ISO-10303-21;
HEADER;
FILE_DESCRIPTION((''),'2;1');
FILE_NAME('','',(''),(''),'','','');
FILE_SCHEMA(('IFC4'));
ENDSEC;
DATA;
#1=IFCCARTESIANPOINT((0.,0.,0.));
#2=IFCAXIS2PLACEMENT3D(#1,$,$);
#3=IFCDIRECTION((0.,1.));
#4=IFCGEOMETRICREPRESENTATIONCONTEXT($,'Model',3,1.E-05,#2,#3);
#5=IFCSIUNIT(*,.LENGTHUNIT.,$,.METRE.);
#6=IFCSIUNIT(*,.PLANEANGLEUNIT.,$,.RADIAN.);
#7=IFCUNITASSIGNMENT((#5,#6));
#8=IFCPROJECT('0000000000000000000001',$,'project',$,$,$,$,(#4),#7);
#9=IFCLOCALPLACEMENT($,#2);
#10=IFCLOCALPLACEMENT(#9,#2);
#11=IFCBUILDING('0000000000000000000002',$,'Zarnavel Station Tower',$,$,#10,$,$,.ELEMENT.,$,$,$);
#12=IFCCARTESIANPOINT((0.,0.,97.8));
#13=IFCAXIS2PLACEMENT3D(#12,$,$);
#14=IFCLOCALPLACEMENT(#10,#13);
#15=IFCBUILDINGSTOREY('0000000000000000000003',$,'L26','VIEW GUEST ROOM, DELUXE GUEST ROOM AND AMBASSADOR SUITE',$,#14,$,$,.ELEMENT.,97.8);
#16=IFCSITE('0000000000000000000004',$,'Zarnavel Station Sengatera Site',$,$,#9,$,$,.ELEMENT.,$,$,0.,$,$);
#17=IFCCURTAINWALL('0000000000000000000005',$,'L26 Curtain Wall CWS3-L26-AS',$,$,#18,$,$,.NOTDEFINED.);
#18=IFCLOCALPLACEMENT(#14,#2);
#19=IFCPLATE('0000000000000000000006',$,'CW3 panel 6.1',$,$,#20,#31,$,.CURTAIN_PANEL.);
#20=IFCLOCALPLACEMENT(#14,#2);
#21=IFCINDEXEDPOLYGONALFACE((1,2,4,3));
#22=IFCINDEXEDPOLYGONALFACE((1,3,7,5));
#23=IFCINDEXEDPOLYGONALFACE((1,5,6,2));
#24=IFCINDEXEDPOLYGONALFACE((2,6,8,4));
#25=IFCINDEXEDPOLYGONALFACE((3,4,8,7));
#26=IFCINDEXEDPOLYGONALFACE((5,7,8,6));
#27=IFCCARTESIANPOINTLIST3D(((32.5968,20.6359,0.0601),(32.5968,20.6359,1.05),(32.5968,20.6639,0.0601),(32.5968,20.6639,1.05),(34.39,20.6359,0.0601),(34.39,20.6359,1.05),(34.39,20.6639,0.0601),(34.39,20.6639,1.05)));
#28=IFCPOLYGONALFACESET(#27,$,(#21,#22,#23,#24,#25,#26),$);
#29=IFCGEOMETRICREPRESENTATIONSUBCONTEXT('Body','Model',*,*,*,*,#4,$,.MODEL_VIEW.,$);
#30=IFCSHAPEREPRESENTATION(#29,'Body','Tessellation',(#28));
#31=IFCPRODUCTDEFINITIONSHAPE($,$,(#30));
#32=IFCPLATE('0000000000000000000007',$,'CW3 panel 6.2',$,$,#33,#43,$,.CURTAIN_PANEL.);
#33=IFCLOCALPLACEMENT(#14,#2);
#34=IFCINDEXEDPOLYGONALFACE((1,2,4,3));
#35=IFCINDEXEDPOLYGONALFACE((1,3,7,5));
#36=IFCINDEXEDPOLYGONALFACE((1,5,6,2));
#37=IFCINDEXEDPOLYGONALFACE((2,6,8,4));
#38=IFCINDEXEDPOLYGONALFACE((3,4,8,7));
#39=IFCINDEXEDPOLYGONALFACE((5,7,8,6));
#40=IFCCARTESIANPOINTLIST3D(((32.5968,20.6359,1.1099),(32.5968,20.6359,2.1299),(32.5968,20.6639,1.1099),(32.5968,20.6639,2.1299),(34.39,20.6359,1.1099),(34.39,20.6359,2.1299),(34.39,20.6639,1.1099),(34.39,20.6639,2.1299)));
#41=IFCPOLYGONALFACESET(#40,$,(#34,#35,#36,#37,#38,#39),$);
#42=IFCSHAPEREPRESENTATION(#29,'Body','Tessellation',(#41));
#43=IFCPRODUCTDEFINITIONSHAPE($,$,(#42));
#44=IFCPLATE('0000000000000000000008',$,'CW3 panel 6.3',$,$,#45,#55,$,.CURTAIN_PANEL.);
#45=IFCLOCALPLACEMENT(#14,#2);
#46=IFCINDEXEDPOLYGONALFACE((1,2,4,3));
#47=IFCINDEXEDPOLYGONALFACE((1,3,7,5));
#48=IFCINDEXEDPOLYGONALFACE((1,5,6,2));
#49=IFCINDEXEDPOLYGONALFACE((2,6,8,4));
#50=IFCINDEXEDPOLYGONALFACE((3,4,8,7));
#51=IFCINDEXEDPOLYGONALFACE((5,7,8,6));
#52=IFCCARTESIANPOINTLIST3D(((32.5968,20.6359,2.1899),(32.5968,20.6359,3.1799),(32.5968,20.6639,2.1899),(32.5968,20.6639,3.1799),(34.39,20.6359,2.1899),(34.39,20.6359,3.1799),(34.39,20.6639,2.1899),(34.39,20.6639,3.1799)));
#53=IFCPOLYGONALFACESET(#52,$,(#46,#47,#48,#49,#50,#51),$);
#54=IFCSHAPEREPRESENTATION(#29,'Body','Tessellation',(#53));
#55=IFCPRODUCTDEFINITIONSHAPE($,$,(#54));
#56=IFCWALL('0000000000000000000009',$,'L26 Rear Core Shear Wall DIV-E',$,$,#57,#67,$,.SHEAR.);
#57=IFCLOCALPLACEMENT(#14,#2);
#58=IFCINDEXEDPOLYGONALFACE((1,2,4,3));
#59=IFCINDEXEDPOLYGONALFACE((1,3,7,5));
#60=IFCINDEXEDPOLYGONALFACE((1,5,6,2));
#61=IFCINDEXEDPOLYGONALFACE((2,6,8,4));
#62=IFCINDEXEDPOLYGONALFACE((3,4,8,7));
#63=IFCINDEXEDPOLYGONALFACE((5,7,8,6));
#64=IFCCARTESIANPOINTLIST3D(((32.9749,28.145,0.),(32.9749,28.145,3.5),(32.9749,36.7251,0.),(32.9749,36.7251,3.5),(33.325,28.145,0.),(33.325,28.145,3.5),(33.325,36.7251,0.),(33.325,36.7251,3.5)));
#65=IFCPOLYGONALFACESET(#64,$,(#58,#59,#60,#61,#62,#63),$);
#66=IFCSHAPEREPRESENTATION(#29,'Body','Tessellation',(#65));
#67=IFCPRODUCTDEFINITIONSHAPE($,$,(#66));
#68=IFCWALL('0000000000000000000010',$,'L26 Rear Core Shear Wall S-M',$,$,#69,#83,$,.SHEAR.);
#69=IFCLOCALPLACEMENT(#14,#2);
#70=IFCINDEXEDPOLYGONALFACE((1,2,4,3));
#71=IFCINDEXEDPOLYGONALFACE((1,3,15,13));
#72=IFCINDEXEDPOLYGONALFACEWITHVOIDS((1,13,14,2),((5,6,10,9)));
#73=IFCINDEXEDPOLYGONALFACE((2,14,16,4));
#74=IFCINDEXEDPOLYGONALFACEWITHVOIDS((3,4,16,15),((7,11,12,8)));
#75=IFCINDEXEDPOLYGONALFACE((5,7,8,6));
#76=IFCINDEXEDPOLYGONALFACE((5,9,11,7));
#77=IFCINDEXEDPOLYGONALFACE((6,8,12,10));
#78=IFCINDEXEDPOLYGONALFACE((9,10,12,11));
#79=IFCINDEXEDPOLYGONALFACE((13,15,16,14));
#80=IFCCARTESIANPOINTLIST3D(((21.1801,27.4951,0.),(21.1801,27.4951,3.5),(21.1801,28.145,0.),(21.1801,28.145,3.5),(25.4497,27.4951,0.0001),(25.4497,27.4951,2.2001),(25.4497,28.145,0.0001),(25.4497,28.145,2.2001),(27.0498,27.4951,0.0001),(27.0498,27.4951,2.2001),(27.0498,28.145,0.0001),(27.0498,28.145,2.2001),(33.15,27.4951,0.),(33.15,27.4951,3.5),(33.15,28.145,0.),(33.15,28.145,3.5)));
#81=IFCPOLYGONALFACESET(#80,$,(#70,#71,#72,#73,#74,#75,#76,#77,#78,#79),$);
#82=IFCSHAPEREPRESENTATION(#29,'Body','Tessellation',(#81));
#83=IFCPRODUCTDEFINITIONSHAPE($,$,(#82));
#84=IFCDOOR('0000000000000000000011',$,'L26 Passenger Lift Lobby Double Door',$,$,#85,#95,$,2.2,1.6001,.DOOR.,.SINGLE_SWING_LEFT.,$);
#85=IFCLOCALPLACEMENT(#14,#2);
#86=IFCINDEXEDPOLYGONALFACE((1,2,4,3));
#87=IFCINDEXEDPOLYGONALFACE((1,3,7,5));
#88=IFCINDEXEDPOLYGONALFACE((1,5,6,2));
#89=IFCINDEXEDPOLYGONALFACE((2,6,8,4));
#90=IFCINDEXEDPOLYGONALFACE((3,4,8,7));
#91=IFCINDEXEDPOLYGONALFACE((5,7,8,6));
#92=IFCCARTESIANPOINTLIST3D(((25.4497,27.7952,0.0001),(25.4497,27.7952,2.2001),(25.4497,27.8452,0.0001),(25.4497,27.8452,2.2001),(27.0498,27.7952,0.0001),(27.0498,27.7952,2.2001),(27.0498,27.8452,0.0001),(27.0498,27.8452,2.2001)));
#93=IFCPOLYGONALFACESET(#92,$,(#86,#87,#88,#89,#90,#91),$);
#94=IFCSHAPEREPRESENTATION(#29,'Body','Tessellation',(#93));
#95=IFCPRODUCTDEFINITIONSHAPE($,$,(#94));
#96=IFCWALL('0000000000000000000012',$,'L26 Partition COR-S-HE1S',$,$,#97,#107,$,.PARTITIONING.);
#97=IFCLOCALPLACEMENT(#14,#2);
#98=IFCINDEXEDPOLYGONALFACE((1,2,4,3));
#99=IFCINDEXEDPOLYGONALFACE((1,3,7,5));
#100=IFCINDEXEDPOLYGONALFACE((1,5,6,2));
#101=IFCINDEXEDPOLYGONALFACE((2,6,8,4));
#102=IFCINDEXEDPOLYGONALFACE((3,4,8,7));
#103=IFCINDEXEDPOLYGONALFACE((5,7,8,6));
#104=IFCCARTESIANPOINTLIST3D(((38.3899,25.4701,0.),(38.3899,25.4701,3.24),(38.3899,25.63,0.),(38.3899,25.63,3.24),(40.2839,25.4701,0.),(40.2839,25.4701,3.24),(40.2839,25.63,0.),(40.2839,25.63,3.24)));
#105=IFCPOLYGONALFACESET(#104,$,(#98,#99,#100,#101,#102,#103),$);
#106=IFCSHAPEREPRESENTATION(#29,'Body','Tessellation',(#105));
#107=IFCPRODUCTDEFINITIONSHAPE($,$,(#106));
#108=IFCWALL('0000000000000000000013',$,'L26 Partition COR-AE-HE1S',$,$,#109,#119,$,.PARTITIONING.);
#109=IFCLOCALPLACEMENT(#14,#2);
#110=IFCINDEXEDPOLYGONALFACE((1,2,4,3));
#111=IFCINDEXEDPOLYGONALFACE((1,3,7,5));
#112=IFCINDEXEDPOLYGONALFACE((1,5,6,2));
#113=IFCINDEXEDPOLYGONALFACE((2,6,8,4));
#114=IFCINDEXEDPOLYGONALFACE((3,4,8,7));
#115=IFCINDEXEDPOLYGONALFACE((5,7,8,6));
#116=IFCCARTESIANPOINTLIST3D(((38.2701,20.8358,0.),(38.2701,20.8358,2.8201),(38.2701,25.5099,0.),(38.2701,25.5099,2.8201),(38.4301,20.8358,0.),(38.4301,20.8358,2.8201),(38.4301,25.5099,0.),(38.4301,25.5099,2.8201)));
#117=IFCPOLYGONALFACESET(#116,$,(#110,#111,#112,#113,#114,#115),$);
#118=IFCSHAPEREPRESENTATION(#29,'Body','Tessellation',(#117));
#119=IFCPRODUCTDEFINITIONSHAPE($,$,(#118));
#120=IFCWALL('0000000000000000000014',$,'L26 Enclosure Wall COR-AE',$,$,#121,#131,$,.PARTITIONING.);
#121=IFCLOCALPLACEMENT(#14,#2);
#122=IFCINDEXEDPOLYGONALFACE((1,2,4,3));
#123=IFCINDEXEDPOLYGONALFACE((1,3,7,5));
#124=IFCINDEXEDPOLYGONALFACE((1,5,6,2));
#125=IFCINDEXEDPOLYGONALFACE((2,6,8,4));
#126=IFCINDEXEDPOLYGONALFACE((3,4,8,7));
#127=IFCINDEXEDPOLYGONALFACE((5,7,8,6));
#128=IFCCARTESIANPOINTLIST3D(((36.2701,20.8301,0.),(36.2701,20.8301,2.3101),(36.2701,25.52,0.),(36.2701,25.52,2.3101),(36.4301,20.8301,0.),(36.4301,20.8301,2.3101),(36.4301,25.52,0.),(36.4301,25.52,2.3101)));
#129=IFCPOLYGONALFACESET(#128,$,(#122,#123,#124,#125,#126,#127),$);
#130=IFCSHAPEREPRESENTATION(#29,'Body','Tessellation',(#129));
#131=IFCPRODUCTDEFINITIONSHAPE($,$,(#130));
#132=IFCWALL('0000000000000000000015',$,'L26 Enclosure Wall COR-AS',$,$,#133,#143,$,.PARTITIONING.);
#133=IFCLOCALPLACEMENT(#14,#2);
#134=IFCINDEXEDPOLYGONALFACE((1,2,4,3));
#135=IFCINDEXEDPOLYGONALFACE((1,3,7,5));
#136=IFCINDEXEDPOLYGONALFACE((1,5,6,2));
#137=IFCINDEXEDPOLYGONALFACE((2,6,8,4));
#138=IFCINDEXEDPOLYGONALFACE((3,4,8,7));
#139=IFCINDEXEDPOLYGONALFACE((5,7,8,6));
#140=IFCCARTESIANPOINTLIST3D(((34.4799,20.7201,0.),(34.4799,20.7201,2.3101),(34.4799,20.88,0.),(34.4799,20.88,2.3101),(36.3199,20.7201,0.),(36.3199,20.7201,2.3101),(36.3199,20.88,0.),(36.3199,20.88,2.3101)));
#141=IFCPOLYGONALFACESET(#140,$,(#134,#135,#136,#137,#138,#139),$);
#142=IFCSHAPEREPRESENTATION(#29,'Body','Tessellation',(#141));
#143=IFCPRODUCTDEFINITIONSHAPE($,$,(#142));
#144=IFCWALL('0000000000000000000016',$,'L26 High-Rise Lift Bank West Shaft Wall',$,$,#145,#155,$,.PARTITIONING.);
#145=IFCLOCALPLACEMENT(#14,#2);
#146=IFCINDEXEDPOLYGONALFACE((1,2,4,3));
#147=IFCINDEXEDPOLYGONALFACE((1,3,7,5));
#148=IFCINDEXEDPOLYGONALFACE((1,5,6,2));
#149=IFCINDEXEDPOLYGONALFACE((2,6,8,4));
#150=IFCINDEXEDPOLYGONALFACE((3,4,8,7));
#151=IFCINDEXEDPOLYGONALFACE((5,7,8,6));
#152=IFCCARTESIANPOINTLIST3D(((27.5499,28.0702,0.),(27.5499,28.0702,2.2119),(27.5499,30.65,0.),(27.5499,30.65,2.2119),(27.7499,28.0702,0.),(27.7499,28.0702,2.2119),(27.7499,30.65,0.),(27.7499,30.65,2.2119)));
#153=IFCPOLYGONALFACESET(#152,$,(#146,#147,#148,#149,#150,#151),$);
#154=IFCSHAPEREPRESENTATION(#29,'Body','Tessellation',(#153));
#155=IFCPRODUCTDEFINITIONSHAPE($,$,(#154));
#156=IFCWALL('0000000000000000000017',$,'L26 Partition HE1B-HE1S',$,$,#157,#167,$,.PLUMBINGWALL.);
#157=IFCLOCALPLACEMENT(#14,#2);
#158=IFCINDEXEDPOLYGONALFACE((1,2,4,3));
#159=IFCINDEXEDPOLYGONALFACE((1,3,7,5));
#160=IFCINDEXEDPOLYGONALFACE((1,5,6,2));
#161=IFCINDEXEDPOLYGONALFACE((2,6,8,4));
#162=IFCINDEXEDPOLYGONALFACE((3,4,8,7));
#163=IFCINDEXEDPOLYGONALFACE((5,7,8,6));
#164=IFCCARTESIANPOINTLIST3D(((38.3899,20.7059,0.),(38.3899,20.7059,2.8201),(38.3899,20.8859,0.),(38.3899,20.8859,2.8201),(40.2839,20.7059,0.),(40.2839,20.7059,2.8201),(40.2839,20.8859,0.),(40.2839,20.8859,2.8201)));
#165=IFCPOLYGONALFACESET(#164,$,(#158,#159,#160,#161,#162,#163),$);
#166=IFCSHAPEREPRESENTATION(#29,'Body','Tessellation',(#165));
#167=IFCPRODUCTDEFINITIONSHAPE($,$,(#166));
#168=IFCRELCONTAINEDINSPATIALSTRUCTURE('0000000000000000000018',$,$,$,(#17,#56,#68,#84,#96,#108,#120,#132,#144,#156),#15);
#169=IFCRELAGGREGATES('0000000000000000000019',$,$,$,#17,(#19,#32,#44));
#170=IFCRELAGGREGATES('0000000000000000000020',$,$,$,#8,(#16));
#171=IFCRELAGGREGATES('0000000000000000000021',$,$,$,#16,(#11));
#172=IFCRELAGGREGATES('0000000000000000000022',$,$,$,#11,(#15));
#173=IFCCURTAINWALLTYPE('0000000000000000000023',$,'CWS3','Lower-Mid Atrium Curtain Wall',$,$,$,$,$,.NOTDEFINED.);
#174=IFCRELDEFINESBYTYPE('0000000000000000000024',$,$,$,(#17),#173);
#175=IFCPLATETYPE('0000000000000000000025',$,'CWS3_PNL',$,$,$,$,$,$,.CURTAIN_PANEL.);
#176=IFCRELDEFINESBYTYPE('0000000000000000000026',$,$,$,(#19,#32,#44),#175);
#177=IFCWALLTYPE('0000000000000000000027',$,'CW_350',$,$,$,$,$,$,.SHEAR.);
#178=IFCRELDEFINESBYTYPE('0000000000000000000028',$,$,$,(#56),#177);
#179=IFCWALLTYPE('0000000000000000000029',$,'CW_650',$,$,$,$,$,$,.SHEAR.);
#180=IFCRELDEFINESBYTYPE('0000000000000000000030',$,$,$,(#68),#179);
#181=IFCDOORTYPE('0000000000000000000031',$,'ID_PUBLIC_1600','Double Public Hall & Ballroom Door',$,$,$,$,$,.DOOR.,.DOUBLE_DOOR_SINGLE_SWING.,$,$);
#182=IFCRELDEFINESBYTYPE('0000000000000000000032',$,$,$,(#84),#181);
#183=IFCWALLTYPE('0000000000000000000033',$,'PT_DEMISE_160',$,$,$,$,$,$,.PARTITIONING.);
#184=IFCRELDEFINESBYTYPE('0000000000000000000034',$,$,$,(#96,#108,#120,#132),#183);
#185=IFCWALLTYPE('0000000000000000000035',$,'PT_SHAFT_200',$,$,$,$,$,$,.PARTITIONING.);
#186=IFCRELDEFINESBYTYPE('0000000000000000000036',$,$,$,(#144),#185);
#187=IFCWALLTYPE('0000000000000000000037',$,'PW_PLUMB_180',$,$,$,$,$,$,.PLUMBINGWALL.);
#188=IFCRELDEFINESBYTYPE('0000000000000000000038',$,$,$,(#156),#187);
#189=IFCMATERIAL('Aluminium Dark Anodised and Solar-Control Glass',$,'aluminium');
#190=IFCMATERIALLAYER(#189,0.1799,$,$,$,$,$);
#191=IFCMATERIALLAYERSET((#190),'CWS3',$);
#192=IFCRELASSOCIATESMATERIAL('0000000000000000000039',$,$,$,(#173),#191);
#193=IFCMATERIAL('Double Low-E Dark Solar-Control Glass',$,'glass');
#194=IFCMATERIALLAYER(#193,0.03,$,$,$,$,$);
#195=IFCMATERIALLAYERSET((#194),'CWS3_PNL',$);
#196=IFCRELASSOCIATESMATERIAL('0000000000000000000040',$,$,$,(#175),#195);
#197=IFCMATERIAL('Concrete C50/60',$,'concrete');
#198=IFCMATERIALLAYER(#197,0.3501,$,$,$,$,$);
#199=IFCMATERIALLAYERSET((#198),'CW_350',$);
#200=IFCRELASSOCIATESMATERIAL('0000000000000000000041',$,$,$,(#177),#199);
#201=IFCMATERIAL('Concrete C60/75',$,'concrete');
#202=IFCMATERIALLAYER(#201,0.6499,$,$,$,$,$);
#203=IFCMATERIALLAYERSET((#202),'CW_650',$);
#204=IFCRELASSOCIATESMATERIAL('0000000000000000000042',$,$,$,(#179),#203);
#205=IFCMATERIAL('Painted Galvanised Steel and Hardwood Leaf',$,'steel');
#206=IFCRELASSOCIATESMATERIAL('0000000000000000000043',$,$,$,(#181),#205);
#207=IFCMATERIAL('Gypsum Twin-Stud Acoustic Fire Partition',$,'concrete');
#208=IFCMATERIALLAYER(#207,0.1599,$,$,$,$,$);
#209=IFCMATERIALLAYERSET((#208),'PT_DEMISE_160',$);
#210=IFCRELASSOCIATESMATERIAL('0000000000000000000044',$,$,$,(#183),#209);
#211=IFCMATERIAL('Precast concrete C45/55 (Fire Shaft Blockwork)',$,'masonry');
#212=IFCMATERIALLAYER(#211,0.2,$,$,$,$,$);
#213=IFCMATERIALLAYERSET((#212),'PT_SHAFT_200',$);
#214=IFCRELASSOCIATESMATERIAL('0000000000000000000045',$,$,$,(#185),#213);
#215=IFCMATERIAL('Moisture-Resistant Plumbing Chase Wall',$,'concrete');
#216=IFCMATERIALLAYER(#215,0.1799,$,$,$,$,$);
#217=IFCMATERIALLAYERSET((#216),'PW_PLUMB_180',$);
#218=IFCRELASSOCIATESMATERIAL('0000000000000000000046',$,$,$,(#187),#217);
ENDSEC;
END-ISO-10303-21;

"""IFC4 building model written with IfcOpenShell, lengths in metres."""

from ifc_helpers import new_model, si_unit, direction, frame, frame_2d, origin, origin_2d, place, context, subcontext, project, spatial, rectangle, extrude, material, layer, layer_set, type_object, element, fill, aggregate, save


model = new_model("IFC4")

# Units and contexts
model_context = context("Model", 3, precision=1e-05, world=origin(), true_north=direction((0.0, 1.0)))
body_context = subcontext(model_context, "Body", "Model", "MODEL_VIEW")
ifc_project = project(units=[si_unit("LENGTHUNIT", "METRE"), si_unit("PLANEANGLEUNIT", "RADIAN")], contexts=[model_context])

# Site, building, storey
site_placement = place(None, origin())
site = spatial("IfcSite", under=ifc_project, at=site_placement, Name="Zarnavel Station Sengatera Site", CompositionType="ELEMENT", RefElevation=0.0)
building_placement = place(site_placement, origin())
building = spatial("IfcBuilding", under=site, at=building_placement, Name="Zarnavel Station Tower", CompositionType="ELEMENT")
storey_placement = place(building_placement, frame((0.0, 0.0, 97.8)))
storey = spatial("IfcBuildingStorey", under=building, at=storey_placement, Name="L26", Description="VIEW GUEST ROOM, DELUXE GUEST ROOM AND AMBASSADOR SUITE", CompositionType="ELEMENT", Elevation=97.8)

# Curtain wall
ifc_material_1 = material(Name="Aluminium Dark Anodised and Solar-Control Glass", Category="aluminium")
ifc_layer_1 = layer(ifc_material_1, 0.1799)
ifc_layer_set_1 = layer_set([ifc_layer_1], Name="CWS3")
curtain_wall_type = type_object("IfcCurtainWallType", Name="CWS3", Description="Lower-Mid Atrium Curtain Wall", PredefinedType="NOTDEFINED", material=ifc_layer_set_1)
curtain_wall_placement = place(storey_placement, origin())
curtain_wall = element("IfcCurtainWall", 1, at=curtain_wall_placement, inside=storey, type_object=curtain_wall_type, Name="L26 Curtain Wall CWS3-L26-AS", PredefinedType="NOTDEFINED")

# Plates
ifc_material_2 = material(Name="Double Low-E Dark Solar-Control Glass", Category="glass")
ifc_layer_2 = layer(ifc_material_2, 0.03)
ifc_layer_set_2 = layer_set([ifc_layer_2], Name="CWS3_PNL")
plate_type = type_object("IfcPlateType", Name="CWS3_PNL", PredefinedType="CURTAIN_PANEL", material=ifc_layer_set_2)
plate_1_placement = place(storey_placement, frame((33.4934, 20.6499, 0.0601), z_axis=(0.0, 0.0, 1.0), x_axis=(1.0, 0.0, 0.0)))
plate_1 = element("IfcPlate", 2, at=plate_1_placement, type_object=plate_type, Name="CW3 panel 6.1", PredefinedType="CURTAIN_PANEL", context=body_context, shape_type="SweptSolid", body=[
    extrude(rectangle(XDim=1.7932, YDim=0.0281, at=origin_2d()), origin(), (0.0, 0.0, 1.0), 0.99),
])
plate_2_placement = place(storey_placement, frame((33.4934, 20.6499, 1.1099), z_axis=(0.0, 0.0, 1.0), x_axis=(1.0, 0.0, 0.0)))
plate_2 = element("IfcPlate", 3, at=plate_2_placement, type_object=plate_type, Name="CW3 panel 6.2", PredefinedType="CURTAIN_PANEL", context=body_context, shape_type="SweptSolid", body=[
    extrude(rectangle(XDim=1.7932, YDim=0.0281, at=origin_2d()), origin(), (0.0, 0.0, 1.0), 1.02),
])
plate_3_placement = place(storey_placement, frame((33.4934, 20.6499, 2.1899), z_axis=(0.0, 0.0, 1.0), x_axis=(1.0, 0.0, 0.0)))
plate_3 = element("IfcPlate", 4, at=plate_3_placement, type_object=plate_type, Name="CW3 panel 6.3", PredefinedType="CURTAIN_PANEL", context=body_context, shape_type="SweptSolid", body=[
    extrude(rectangle(XDim=1.7932, YDim=0.0281, at=origin_2d()), origin(), (0.0, 0.0, 1.0), 0.99),
])
aggregate(curtain_wall, [plate_1, plate_2, plate_3])

# Wall
ifc_material_3 = material(Name="Concrete C50/60", Category="concrete")
ifc_layer_3 = layer(ifc_material_3, 0.3501)
ifc_layer_set_3 = layer_set([ifc_layer_3], Name="CW_350")
wall_type_1 = type_object("IfcWallType", Name="CW_350", PredefinedType="SHEAR", material=ifc_layer_set_3)
wall_1_placement = place(storey_placement, frame((33.1499, 28.145, 0.0), z_axis=(0.0, 0.0, 1.0), x_axis=(0.0, 1.0, 0.0)))
element("IfcWall", 5, at=wall_1_placement, inside=storey, type_object=wall_type_1, Name="L26 Rear Core Shear Wall DIV-E", PredefinedType="SHEAR", context=body_context, shape_type="SweptSolid", body=[
    extrude(rectangle(XDim=8.5801, YDim=0.3501, at=frame_2d((4.29, 0.0))), origin(), (0.0, 0.0, 1.0), 3.5),
])

# Wall, opening, door
ifc_material_4 = material(Name="Concrete C60/75", Category="concrete")
ifc_layer_4 = layer(ifc_material_4, 0.6499)
ifc_layer_set_4 = layer_set([ifc_layer_4], Name="CW_650")
wall_type_2 = type_object("IfcWallType", Name="CW_650", PredefinedType="SHEAR", material=ifc_layer_set_4)
wall_2_placement = place(storey_placement, frame((33.1499, 27.8201, 0.0), z_axis=(0.0, 0.0, 1.0), x_axis=(-1.0, 0.0, 0.0)))
wall_2 = element("IfcWall", 6, at=wall_2_placement, inside=storey, type_object=wall_type_2, Name="L26 Rear Core Shear Wall S-M", PredefinedType="SHEAR", context=body_context, shape_type="SweptSolid", body=[
    extrude(rectangle(XDim=11.97, YDim=0.6499, at=frame_2d((5.9849, 0.0))), origin(), (0.0, 0.0, 1.0), 3.5),
])
opening_placement = place(wall_2_placement, frame((6.1001, 0.0, 0.0)))
opening = element("IfcOpeningElement", 7, at=opening_placement, cuts=wall_2, PredefinedType="OPENING", context=body_context, shape_type="SweptSolid", body=[
    extrude(rectangle(XDim=1.6001, YDim=2.2, at=frame_2d((0.8, 1.1001))), frame((0.0, 0.335, 0.0), z_axis=(0.0, -1.0, 0.0), x_axis=(1.0, 0.0, 0.0)), (0.0, 0.0, 1.0), 0.6699),
])
ifc_material_5 = material(Name="Painted Galvanised Steel and Hardwood Leaf", Category="steel")
door_type = type_object("IfcDoorType", Name="ID_PUBLIC_1600", Description="Double Public Hall & Ballroom Door", OperationType="DOUBLE_DOOR_SINGLE_SWING", PredefinedType="DOOR", material=ifc_material_5)
door_placement = place(opening_placement, origin())
door = element("IfcDoor", 8, at=door_placement, inside=storey, type_object=door_type, Name="L26 Passenger Lift Lobby Double Door", OperationType="SINGLE_SWING_LEFT", OverallHeight=2.2, OverallWidth=1.6001, PredefinedType="DOOR", context=body_context, shape_type="SweptSolid", body=[
    extrude(rectangle(XDim=1.6001, YDim=2.2, at=frame_2d((0.8, 1.1001))), frame((0.0, 0.0249, 0.0), z_axis=(0.0, -1.0, 0.0), x_axis=(1.0, 0.0, 0.0)), (0.0, 0.0, 1.0), 0.05),
])
fill(opening, door)

# Walls
ifc_material_6 = material(Name="Gypsum Twin-Stud Acoustic Fire Partition", Category="concrete")
ifc_layer_5 = layer(ifc_material_6, 0.1599)
ifc_layer_set_5 = layer_set([ifc_layer_5], Name="PT_DEMISE_160")
wall_type_3 = type_object("IfcWallType", Name="PT_DEMISE_160", PredefinedType="PARTITIONING", material=ifc_layer_set_5)
wall_3_placement = place(storey_placement, frame((38.3899, 25.55, 0.0), z_axis=(0.0, 0.0, 1.0), x_axis=(1.0, 0.0, 0.0)))
element("IfcWall", 9, at=wall_3_placement, inside=storey, type_object=wall_type_3, Name="L26 Partition COR-S-HE1S", PredefinedType="PARTITIONING", context=body_context, shape_type="SweptSolid", body=[
    extrude(rectangle(XDim=1.894, YDim=0.1599, at=frame_2d((0.947, 0.0))), origin(), (0.0, 0.0, 1.0), 3.24),
])
wall_4_placement = place(storey_placement, frame((38.3501, 20.8359, 0.0), z_axis=(0.0, 0.0, 1.0), x_axis=(0.0, 1.0, 0.0)))
element("IfcWall", 10, at=wall_4_placement, inside=storey, type_object=wall_type_3, Name="L26 Partition COR-AE-HE1S", PredefinedType="PARTITIONING", context=body_context, shape_type="SweptSolid", body=[
    extrude(rectangle(XDim=4.6741, YDim=0.1599, at=frame_2d((2.3369, 0.0))), origin(), (0.0, 0.0, 1.0), 2.8201),
])
wall_5_placement = place(storey_placement, frame((36.3501, 20.8301, 0.0), z_axis=(0.0, 0.0, 1.0), x_axis=(0.0, 1.0, 0.0)))
element("IfcWall", 11, at=wall_5_placement, inside=storey, type_object=wall_type_3, Name="L26 Enclosure Wall COR-AE", PredefinedType="PARTITIONING", context=body_context, shape_type="SweptSolid", body=[
    extrude(rectangle(XDim=4.6899, YDim=0.1599, at=frame_2d((2.345, 0.0))), origin(), (0.0, 0.0, 1.0), 2.3101),
])
wall_6_placement = place(storey_placement, frame((34.48, 20.8, 0.0), z_axis=(0.0, 0.0, 1.0), x_axis=(1.0, 0.0, 0.0)))
element("IfcWall", 12, at=wall_6_placement, inside=storey, type_object=wall_type_3, Name="L26 Enclosure Wall COR-AS", PredefinedType="PARTITIONING", context=body_context, shape_type="SweptSolid", body=[
    extrude(rectangle(XDim=1.8401, YDim=0.1599, at=frame_2d((0.9199, 0.0))), origin(), (0.0, 0.0, 1.0), 2.3101),
])
ifc_material_7 = material(Name="Precast concrete C45/55 (Fire Shaft Blockwork)", Category="masonry")
ifc_layer_6 = layer(ifc_material_7, 0.2)
ifc_layer_set_6 = layer_set([ifc_layer_6], Name="PT_SHAFT_200")
wall_type_4 = type_object("IfcWallType", Name="PT_SHAFT_200", PredefinedType="PARTITIONING", material=ifc_layer_set_6)
wall_7_placement = place(storey_placement, frame((27.6499, 28.0701, 0.0), z_axis=(0.0, 0.0, 1.0), x_axis=(0.0, 1.0, 0.0)))
element("IfcWall", 13, at=wall_7_placement, inside=storey, type_object=wall_type_4, Name="L26 High-Rise Lift Bank West Shaft Wall", PredefinedType="PARTITIONING", context=body_context, shape_type="SweptSolid", body=[
    extrude(rectangle(XDim=2.5798, YDim=0.2, at=frame_2d((1.29, 0.0))), origin(), (0.0, 0.0, 1.0), 2.2119),
])
ifc_material_8 = material(Name="Moisture-Resistant Plumbing Chase Wall", Category="concrete")
ifc_layer_7 = layer(ifc_material_8, 0.1799)
ifc_layer_set_7 = layer_set([ifc_layer_7], Name="PW_PLUMB_180")
wall_type_5 = type_object("IfcWallType", Name="PW_PLUMB_180", PredefinedType="PLUMBINGWALL", material=ifc_layer_set_7)
wall_8_placement = place(storey_placement, frame((38.3899, 20.7959, 0.0), z_axis=(0.0, 0.0, 1.0), x_axis=(1.0, 0.0, 0.0)))
element("IfcWall", 14, at=wall_8_placement, inside=storey, type_object=wall_type_5, Name="L26 Partition HE1B-HE1S", PredefinedType="PLUMBINGWALL", context=body_context, shape_type="SweptSolid", body=[
    extrude(rectangle(XDim=1.894, YDim=0.1799, at=frame_2d((0.947, 0.0))), origin(), (0.0, 0.0, 1.0), 2.8201),
])

save(model, "model.ifc")
